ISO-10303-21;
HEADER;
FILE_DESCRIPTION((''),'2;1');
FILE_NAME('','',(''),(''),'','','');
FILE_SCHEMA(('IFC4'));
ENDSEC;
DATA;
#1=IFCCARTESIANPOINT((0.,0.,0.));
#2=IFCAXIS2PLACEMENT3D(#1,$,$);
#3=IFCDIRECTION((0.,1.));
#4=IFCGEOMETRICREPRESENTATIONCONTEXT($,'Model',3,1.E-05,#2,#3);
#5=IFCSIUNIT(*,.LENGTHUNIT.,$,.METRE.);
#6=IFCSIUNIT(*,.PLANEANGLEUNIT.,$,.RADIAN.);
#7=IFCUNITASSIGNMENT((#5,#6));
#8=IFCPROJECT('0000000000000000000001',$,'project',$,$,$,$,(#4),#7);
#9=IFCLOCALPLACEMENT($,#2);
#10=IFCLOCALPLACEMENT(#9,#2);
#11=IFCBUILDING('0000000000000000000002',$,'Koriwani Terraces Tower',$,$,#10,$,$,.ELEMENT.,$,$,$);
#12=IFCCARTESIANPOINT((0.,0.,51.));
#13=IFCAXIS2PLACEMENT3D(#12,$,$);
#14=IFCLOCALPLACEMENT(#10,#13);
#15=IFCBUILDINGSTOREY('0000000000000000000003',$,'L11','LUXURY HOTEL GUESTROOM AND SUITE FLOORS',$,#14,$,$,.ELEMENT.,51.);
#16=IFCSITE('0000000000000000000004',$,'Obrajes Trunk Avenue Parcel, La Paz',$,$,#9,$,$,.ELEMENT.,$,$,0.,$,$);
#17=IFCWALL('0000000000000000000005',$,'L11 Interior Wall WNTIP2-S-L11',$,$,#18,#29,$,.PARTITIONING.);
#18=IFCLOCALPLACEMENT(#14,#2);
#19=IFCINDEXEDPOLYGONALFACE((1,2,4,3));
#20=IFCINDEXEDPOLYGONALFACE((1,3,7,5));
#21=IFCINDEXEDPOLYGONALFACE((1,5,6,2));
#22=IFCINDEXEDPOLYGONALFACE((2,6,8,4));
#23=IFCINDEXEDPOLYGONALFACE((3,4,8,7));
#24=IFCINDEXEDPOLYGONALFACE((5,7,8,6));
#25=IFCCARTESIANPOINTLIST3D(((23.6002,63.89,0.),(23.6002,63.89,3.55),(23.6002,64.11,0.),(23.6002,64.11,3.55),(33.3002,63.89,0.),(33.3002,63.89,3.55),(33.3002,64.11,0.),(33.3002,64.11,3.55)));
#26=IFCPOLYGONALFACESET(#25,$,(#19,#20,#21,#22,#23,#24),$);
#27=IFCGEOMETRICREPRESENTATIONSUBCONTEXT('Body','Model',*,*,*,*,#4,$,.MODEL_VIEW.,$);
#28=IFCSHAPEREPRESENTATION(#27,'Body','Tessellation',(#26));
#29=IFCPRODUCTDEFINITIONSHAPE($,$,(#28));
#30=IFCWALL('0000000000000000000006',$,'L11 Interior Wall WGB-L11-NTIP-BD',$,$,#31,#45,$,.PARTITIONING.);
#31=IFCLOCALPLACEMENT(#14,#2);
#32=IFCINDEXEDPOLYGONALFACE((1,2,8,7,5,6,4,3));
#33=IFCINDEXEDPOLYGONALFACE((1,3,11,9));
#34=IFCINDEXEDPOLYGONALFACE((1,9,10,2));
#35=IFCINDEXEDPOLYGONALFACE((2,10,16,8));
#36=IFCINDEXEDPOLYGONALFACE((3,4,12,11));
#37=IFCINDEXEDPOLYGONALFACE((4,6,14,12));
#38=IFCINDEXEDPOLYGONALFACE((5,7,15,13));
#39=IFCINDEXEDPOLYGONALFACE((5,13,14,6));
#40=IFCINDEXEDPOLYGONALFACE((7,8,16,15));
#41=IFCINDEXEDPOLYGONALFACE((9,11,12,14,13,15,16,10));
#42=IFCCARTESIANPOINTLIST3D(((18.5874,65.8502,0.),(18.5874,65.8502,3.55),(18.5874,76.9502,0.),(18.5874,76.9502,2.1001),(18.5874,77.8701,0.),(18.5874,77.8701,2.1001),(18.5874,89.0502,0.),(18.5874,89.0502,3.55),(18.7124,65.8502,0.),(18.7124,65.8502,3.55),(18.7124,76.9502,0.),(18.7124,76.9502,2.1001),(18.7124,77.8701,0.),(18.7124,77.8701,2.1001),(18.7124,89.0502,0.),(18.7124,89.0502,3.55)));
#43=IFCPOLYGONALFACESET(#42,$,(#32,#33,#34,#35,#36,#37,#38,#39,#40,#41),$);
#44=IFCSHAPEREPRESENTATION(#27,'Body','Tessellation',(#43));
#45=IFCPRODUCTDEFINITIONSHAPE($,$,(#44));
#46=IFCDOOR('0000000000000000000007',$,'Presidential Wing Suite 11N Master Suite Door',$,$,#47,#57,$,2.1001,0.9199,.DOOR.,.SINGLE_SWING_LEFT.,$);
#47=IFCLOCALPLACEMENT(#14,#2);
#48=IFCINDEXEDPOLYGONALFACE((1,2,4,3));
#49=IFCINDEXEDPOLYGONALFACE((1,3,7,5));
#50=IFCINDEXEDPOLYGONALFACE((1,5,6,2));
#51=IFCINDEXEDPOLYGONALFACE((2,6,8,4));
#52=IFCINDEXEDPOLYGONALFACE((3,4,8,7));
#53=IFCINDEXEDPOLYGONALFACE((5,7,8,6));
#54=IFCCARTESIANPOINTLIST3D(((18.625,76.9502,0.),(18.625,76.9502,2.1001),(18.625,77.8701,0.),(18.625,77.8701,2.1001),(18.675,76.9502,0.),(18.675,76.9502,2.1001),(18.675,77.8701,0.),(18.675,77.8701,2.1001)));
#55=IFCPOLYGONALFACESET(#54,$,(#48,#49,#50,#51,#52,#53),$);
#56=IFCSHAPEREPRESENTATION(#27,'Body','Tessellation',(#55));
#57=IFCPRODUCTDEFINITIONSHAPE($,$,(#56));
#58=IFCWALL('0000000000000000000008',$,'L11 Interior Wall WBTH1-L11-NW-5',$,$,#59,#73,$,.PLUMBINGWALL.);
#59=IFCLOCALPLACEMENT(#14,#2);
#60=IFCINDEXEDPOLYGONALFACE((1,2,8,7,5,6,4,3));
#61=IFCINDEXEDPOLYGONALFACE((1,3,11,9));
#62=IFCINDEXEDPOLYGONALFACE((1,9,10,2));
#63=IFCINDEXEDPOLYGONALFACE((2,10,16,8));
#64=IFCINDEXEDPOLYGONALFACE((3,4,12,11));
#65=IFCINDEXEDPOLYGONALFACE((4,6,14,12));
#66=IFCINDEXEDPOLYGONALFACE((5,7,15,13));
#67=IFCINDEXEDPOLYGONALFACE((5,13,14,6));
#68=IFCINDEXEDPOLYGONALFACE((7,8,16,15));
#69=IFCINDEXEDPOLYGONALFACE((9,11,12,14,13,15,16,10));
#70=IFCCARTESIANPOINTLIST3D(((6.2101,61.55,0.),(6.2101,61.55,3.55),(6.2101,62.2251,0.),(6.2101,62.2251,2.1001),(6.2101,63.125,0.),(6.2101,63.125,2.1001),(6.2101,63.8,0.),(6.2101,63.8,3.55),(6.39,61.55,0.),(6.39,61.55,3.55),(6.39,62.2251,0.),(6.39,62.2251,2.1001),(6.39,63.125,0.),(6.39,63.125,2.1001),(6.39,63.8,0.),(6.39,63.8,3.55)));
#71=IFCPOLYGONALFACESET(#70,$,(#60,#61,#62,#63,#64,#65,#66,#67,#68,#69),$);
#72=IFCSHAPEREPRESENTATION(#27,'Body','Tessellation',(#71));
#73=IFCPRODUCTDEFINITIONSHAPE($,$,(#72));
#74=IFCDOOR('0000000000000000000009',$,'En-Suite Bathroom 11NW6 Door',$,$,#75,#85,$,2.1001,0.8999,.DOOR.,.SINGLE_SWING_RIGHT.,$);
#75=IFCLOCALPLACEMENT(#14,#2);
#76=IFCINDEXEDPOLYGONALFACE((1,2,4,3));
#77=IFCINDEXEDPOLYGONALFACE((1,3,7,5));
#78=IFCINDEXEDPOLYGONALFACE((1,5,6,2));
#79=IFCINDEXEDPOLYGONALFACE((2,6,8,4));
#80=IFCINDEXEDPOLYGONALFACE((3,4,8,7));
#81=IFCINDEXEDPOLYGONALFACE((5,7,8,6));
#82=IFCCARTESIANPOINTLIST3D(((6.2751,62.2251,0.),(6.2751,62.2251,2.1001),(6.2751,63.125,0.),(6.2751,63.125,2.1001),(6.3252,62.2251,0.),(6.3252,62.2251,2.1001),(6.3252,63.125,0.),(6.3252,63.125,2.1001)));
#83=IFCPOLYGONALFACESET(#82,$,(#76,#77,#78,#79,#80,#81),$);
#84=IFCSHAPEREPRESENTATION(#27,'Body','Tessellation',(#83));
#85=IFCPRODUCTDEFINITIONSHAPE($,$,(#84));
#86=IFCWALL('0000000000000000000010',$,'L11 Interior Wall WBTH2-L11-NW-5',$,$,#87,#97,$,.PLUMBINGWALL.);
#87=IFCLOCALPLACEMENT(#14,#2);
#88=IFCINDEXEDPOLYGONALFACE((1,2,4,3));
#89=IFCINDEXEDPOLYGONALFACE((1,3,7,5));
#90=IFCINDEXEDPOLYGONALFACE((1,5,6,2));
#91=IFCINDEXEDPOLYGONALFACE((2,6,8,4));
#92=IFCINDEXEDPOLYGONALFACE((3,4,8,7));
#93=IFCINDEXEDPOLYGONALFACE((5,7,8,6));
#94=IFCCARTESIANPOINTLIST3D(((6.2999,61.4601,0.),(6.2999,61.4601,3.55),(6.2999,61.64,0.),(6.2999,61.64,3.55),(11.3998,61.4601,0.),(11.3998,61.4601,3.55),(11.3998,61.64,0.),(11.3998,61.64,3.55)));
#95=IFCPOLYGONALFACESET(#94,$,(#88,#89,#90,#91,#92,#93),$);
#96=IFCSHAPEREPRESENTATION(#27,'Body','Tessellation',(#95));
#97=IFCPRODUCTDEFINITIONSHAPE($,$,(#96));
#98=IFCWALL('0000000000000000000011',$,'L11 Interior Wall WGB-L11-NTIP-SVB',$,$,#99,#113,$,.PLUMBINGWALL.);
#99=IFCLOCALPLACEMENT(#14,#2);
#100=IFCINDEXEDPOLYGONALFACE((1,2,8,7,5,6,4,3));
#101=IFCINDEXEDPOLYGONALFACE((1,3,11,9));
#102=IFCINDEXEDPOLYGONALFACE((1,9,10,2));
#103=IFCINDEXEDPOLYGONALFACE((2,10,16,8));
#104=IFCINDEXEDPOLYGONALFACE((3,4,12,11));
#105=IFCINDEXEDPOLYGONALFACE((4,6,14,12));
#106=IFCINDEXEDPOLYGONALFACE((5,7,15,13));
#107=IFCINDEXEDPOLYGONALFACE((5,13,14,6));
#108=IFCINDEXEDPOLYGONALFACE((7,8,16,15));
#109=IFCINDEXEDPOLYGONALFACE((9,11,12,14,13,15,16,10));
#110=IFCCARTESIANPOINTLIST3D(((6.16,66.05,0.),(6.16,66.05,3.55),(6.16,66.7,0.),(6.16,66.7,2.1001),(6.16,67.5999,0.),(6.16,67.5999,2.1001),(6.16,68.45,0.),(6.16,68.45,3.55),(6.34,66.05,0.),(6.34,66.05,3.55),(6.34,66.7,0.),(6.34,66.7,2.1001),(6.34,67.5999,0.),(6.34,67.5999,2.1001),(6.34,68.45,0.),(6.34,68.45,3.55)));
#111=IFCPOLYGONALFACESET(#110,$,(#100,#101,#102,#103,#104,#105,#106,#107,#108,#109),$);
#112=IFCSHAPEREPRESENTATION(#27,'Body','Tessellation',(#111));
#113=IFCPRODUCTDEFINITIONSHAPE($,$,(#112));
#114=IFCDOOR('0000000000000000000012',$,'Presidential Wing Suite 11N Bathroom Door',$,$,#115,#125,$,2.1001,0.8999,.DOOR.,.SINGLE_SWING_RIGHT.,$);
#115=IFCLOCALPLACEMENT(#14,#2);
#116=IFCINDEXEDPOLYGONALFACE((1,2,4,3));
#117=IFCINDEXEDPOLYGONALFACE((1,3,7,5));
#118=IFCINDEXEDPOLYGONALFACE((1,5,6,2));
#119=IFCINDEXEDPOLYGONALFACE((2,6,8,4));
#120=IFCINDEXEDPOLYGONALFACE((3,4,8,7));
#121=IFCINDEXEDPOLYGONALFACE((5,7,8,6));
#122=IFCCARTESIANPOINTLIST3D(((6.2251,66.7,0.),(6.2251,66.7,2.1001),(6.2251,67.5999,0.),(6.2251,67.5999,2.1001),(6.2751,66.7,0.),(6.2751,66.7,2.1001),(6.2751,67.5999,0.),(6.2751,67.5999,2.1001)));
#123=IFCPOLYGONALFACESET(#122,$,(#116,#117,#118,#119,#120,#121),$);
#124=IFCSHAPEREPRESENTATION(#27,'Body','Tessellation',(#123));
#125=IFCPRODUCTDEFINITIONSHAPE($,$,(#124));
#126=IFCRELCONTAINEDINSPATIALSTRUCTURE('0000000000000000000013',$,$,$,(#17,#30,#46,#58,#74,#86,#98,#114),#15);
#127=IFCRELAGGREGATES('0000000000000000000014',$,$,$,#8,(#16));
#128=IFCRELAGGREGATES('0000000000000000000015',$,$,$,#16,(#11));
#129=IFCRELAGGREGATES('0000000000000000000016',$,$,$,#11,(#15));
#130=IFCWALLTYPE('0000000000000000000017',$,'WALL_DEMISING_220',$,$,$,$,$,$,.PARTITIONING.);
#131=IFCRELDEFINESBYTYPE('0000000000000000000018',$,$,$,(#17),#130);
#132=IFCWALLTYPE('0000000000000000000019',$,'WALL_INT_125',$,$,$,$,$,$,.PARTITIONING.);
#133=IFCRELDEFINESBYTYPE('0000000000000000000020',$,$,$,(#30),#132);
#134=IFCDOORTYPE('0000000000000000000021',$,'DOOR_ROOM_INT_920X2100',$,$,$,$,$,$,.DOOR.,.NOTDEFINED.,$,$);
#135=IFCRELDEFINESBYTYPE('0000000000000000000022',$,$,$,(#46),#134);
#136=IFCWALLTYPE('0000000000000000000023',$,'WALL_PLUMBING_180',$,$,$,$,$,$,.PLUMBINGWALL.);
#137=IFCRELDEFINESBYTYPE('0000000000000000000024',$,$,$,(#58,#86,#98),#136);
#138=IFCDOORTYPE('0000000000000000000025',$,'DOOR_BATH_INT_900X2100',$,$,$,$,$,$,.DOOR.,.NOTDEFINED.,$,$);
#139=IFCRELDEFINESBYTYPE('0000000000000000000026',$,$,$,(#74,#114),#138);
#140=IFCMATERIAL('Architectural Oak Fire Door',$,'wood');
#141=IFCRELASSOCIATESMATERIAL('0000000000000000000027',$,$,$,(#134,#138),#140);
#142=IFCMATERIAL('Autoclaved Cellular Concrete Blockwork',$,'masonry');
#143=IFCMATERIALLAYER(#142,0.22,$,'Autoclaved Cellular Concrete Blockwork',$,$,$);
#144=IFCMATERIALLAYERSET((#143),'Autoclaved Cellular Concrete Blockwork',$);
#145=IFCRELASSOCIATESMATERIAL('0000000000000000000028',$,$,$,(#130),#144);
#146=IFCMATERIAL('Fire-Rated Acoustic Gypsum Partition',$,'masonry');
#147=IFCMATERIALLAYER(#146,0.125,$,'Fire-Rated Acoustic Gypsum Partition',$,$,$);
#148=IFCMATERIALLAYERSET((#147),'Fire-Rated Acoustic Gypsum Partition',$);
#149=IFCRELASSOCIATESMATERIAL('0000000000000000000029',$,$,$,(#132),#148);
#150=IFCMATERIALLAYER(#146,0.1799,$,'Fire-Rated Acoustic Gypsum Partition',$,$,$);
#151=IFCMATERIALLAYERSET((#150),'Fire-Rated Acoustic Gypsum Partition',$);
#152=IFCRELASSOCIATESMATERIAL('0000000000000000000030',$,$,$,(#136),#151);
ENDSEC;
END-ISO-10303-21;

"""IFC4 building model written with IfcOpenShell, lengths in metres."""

from ifc_helpers import new_model, si_unit, direction, frame, frame_2d, origin, place, context, subcontext, project, spatial, rectangle, extrude, material, layer, layer_set, type_object, element, fill, save


model = new_model("IFC4")

# Units and contexts
model_context = context("Model", 3, precision=1e-05, world=origin(), true_north=direction((0.0, 1.0)))
body_context = subcontext(model_context, "Body", "Model", "MODEL_VIEW")
ifc_project = project(units=[si_unit("LENGTHUNIT", "METRE"), si_unit("PLANEANGLEUNIT", "RADIAN")], contexts=[model_context])

# Site, building, storey
site_placement = place(None, origin())
site = spatial("IfcSite", under=ifc_project, at=site_placement, Name="Obrajes Trunk Avenue Parcel, La Paz", CompositionType="ELEMENT", RefElevation=0.0)
building_placement = place(site_placement, origin())
building = spatial("IfcBuilding", under=site, at=building_placement, Name="Koriwani Terraces Tower", CompositionType="ELEMENT")
storey_placement = place(building_placement, frame((0.0, 0.0, 51.0)))
storey = spatial("IfcBuildingStorey", under=building, at=storey_placement, Name="L11", Description="LUXURY HOTEL GUESTROOM AND SUITE FLOORS", CompositionType="ELEMENT", Elevation=51.0)

# Shared definitions
ifc_material_1 = material(Name="Autoclaved Cellular Concrete Blockwork", Category="masonry")
ifc_material_2 = material(Name="Architectural Oak Fire Door", Category="wood")
door_type_1 = type_object("IfcDoorType", Name="DOOR_ROOM_INT_920X2100", OperationType="NOTDEFINED", PredefinedType="DOOR", material=ifc_material_2)

# Wall
ifc_layer_1 = layer(ifc_material_1, 0.22, Name="Autoclaved Cellular Concrete Blockwork")
ifc_layer_set_1 = layer_set([ifc_layer_1], Name="Autoclaved Cellular Concrete Blockwork")
wall_type_1 = type_object("IfcWallType", Name="WALL_DEMISING_220", PredefinedType="PARTITIONING", material=ifc_layer_set_1)
wall_1_placement = place(storey_placement, frame((23.6001, 64.0, 0.0), z_axis=(0.0, 0.0, 1.0), x_axis=(1.0, 0.0, 0.0)))
element("IfcWall", 1, at=wall_1_placement, inside=storey, type_object=wall_type_1, Name="L11 Interior Wall WNTIP2-S-L11", PredefinedType="PARTITIONING", context=body_context, shape_type="SweptSolid", body=[
    extrude(rectangle(XDim=9.7, YDim=0.22, at=frame_2d((4.8501, 0.0))), origin(), (0.0, 0.0, 1.0), 3.55),
])

# Walls, openings, doors
ifc_material_3 = material(Name="Fire-Rated Acoustic Gypsum Partition", Category="masonry")
ifc_layer_2 = layer(ifc_material_3, 0.125, Name="Fire-Rated Acoustic Gypsum Partition")
ifc_layer_set_2 = layer_set([ifc_layer_2], Name="Fire-Rated Acoustic Gypsum Partition")
wall_type_2 = type_object("IfcWallType", Name="WALL_INT_125", PredefinedType="PARTITIONING", material=ifc_layer_set_2)
wall_2_placement = place(storey_placement, frame((18.6499, 65.8501, 0.0), z_axis=(0.0, 0.0, 1.0), x_axis=(0.0, 1.0, 0.0)))
wall_2 = element("IfcWall", 2, at=wall_2_placement, inside=storey, type_object=wall_type_2, Name="L11 Interior Wall WGB-L11-NTIP-BD", PredefinedType="PARTITIONING", context=body_context, shape_type="SweptSolid", body=[
    extrude(rectangle(XDim=23.2, YDim=0.125, at=frame_2d((11.6001, 0.0))), origin(), (0.0, 0.0, 1.0), 3.55),
])
opening_1_placement = place(wall_2_placement, frame((11.1001, 0.0, 0.0)))
opening_1 = element("IfcOpeningElement", 3, at=opening_1_placement, cuts=wall_2, PredefinedType="OPENING", context=body_context, shape_type="SweptSolid", body=[
    extrude(rectangle(XDim=0.9199, YDim=2.1001, at=frame_2d((0.46, 1.05))), frame((0.0, 0.0725, 0.0), z_axis=(0.0, -1.0, 0.0), x_axis=(1.0, 0.0, 0.0)), (0.0, 0.0, 1.0), 0.145),
])
door_1_placement = place(opening_1_placement, origin())
door_1 = element("IfcDoor", 4, at=door_1_placement, inside=storey, type_object=door_type_1, Name="Presidential Wing Suite 11N Master Suite Door", OperationType="SINGLE_SWING_LEFT", OverallHeight=2.1001, OverallWidth=0.9199, PredefinedType="DOOR", context=body_context, shape_type="SweptSolid", body=[
    extrude(rectangle(XDim=0.9199, YDim=2.1001, at=frame_2d((0.46, 1.05))), frame((0.0, 0.0249, 0.0), z_axis=(0.0, -1.0, 0.0), x_axis=(1.0, 0.0, 0.0)), (0.0, 0.0, 1.0), 0.05),
])
fill(opening_1, door_1)
ifc_layer_3 = layer(ifc_material_3, 0.1799, Name="Fire-Rated Acoustic Gypsum Partition")
ifc_layer_set_3 = layer_set([ifc_layer_3], Name="Fire-Rated Acoustic Gypsum Partition")
wall_type_3 = type_object("IfcWallType", Name="WALL_PLUMBING_180", PredefinedType="PLUMBINGWALL", material=ifc_layer_set_3)
wall_3_placement = place(storey_placement, frame((6.3, 61.55, 0.0), z_axis=(0.0, 0.0, 1.0), x_axis=(0.0, 1.0, 0.0)))
wall_3 = element("IfcWall", 5, at=wall_3_placement, inside=storey, type_object=wall_type_3, Name="L11 Interior Wall WBTH1-L11-NW-5", PredefinedType="PLUMBINGWALL", context=body_context, shape_type="SweptSolid", body=[
    extrude(rectangle(XDim=2.25, YDim=0.1799, at=frame_2d((1.125, 0.0))), origin(), (0.0, 0.0, 1.0), 3.55),
])
opening_2_placement = place(wall_3_placement, frame((0.675, 0.0, 0.0)))
opening_2 = element("IfcOpeningElement", 6, at=opening_2_placement, cuts=wall_3, PredefinedType="OPENING", context=body_context, shape_type="SweptSolid", body=[
    extrude(rectangle(XDim=0.8999, YDim=2.1001, at=frame_2d((0.45, 1.05))), frame((0.0, 0.1001, 0.0), z_axis=(0.0, -1.0, 0.0), x_axis=(1.0, 0.0, 0.0)), (0.0, 0.0, 1.0), 0.2),
])
door_type_2 = type_object("IfcDoorType", Name="DOOR_BATH_INT_900X2100", OperationType="NOTDEFINED", PredefinedType="DOOR", material=ifc_material_2)
door_2_placement = place(opening_2_placement, origin())
door_2 = element("IfcDoor", 7, at=door_2_placement, inside=storey, type_object=door_type_2, Name="En-Suite Bathroom 11NW6 Door", OperationType="SINGLE_SWING_RIGHT", OverallHeight=2.1001, OverallWidth=0.8999, PredefinedType="DOOR", context=body_context, shape_type="SweptSolid", body=[
    extrude(rectangle(XDim=0.8999, YDim=2.1001, at=frame_2d((0.45, 1.05))), frame((0.0, 0.0249, 0.0), z_axis=(0.0, -1.0, 0.0), x_axis=(1.0, 0.0, 0.0)), (0.0, 0.0, 1.0), 0.05),
])
fill(opening_2, door_2)

# Wall
wall_4_placement = place(storey_placement, frame((6.3, 61.55, 0.0), z_axis=(0.0, 0.0, 1.0), x_axis=(1.0, 0.0, 0.0)))
element("IfcWall", 8, at=wall_4_placement, inside=storey, type_object=wall_type_3, Name="L11 Interior Wall WBTH2-L11-NW-5", PredefinedType="PLUMBINGWALL", context=body_context, shape_type="SweptSolid", body=[
    extrude(rectangle(XDim=5.0999, YDim=0.1799, at=frame_2d((2.5498, 0.0))), origin(), (0.0, 0.0, 1.0), 3.55),
])

# Wall, opening, door
wall_5_placement = place(storey_placement, frame((6.25, 66.05, 0.0), z_axis=(0.0, 0.0, 1.0), x_axis=(0.0, 1.0, 0.0)))
wall_5 = element("IfcWall", 9, at=wall_5_placement, inside=storey, type_object=wall_type_3, Name="L11 Interior Wall WGB-L11-NTIP-SVB", PredefinedType="PLUMBINGWALL", context=body_context, shape_type="SweptSolid", body=[
    extrude(rectangle(XDim=2.3999, YDim=0.1799, at=frame_2d((1.2, 0.0))), origin(), (0.0, 0.0, 1.0), 3.55),
])
opening_3_placement = place(wall_5_placement, frame((0.6499, 0.0, 0.0)))
opening_3 = element("IfcOpeningElement", 10, at=opening_3_placement, cuts=wall_5, PredefinedType="OPENING", context=body_context, shape_type="SweptSolid", body=[
    extrude(rectangle(XDim=0.8999, YDim=2.1001, at=frame_2d((0.45, 1.05))), frame((0.0, 0.1001, 0.0), z_axis=(0.0, -1.0, 0.0), x_axis=(1.0, 0.0, 0.0)), (0.0, 0.0, 1.0), 0.2),
])
door_3_placement = place(opening_3_placement, origin())
door_3 = element("IfcDoor", 11, at=door_3_placement, inside=storey, type_object=door_type_2, Name="Presidential Wing Suite 11N Bathroom Door", OperationType="SINGLE_SWING_RIGHT", OverallHeight=2.1001, OverallWidth=0.8999, PredefinedType="DOOR", context=body_context, shape_type="SweptSolid", body=[
    extrude(rectangle(XDim=0.8999, YDim=2.1001, at=frame_2d((0.45, 1.05))), frame((0.0, 0.0249, 0.0), z_axis=(0.0, -1.0, 0.0), x_axis=(1.0, 0.0, 0.0)), (0.0, 0.0, 1.0), 0.05),
])
fill(opening_3, door_3)

save(model, "model.ifc")
